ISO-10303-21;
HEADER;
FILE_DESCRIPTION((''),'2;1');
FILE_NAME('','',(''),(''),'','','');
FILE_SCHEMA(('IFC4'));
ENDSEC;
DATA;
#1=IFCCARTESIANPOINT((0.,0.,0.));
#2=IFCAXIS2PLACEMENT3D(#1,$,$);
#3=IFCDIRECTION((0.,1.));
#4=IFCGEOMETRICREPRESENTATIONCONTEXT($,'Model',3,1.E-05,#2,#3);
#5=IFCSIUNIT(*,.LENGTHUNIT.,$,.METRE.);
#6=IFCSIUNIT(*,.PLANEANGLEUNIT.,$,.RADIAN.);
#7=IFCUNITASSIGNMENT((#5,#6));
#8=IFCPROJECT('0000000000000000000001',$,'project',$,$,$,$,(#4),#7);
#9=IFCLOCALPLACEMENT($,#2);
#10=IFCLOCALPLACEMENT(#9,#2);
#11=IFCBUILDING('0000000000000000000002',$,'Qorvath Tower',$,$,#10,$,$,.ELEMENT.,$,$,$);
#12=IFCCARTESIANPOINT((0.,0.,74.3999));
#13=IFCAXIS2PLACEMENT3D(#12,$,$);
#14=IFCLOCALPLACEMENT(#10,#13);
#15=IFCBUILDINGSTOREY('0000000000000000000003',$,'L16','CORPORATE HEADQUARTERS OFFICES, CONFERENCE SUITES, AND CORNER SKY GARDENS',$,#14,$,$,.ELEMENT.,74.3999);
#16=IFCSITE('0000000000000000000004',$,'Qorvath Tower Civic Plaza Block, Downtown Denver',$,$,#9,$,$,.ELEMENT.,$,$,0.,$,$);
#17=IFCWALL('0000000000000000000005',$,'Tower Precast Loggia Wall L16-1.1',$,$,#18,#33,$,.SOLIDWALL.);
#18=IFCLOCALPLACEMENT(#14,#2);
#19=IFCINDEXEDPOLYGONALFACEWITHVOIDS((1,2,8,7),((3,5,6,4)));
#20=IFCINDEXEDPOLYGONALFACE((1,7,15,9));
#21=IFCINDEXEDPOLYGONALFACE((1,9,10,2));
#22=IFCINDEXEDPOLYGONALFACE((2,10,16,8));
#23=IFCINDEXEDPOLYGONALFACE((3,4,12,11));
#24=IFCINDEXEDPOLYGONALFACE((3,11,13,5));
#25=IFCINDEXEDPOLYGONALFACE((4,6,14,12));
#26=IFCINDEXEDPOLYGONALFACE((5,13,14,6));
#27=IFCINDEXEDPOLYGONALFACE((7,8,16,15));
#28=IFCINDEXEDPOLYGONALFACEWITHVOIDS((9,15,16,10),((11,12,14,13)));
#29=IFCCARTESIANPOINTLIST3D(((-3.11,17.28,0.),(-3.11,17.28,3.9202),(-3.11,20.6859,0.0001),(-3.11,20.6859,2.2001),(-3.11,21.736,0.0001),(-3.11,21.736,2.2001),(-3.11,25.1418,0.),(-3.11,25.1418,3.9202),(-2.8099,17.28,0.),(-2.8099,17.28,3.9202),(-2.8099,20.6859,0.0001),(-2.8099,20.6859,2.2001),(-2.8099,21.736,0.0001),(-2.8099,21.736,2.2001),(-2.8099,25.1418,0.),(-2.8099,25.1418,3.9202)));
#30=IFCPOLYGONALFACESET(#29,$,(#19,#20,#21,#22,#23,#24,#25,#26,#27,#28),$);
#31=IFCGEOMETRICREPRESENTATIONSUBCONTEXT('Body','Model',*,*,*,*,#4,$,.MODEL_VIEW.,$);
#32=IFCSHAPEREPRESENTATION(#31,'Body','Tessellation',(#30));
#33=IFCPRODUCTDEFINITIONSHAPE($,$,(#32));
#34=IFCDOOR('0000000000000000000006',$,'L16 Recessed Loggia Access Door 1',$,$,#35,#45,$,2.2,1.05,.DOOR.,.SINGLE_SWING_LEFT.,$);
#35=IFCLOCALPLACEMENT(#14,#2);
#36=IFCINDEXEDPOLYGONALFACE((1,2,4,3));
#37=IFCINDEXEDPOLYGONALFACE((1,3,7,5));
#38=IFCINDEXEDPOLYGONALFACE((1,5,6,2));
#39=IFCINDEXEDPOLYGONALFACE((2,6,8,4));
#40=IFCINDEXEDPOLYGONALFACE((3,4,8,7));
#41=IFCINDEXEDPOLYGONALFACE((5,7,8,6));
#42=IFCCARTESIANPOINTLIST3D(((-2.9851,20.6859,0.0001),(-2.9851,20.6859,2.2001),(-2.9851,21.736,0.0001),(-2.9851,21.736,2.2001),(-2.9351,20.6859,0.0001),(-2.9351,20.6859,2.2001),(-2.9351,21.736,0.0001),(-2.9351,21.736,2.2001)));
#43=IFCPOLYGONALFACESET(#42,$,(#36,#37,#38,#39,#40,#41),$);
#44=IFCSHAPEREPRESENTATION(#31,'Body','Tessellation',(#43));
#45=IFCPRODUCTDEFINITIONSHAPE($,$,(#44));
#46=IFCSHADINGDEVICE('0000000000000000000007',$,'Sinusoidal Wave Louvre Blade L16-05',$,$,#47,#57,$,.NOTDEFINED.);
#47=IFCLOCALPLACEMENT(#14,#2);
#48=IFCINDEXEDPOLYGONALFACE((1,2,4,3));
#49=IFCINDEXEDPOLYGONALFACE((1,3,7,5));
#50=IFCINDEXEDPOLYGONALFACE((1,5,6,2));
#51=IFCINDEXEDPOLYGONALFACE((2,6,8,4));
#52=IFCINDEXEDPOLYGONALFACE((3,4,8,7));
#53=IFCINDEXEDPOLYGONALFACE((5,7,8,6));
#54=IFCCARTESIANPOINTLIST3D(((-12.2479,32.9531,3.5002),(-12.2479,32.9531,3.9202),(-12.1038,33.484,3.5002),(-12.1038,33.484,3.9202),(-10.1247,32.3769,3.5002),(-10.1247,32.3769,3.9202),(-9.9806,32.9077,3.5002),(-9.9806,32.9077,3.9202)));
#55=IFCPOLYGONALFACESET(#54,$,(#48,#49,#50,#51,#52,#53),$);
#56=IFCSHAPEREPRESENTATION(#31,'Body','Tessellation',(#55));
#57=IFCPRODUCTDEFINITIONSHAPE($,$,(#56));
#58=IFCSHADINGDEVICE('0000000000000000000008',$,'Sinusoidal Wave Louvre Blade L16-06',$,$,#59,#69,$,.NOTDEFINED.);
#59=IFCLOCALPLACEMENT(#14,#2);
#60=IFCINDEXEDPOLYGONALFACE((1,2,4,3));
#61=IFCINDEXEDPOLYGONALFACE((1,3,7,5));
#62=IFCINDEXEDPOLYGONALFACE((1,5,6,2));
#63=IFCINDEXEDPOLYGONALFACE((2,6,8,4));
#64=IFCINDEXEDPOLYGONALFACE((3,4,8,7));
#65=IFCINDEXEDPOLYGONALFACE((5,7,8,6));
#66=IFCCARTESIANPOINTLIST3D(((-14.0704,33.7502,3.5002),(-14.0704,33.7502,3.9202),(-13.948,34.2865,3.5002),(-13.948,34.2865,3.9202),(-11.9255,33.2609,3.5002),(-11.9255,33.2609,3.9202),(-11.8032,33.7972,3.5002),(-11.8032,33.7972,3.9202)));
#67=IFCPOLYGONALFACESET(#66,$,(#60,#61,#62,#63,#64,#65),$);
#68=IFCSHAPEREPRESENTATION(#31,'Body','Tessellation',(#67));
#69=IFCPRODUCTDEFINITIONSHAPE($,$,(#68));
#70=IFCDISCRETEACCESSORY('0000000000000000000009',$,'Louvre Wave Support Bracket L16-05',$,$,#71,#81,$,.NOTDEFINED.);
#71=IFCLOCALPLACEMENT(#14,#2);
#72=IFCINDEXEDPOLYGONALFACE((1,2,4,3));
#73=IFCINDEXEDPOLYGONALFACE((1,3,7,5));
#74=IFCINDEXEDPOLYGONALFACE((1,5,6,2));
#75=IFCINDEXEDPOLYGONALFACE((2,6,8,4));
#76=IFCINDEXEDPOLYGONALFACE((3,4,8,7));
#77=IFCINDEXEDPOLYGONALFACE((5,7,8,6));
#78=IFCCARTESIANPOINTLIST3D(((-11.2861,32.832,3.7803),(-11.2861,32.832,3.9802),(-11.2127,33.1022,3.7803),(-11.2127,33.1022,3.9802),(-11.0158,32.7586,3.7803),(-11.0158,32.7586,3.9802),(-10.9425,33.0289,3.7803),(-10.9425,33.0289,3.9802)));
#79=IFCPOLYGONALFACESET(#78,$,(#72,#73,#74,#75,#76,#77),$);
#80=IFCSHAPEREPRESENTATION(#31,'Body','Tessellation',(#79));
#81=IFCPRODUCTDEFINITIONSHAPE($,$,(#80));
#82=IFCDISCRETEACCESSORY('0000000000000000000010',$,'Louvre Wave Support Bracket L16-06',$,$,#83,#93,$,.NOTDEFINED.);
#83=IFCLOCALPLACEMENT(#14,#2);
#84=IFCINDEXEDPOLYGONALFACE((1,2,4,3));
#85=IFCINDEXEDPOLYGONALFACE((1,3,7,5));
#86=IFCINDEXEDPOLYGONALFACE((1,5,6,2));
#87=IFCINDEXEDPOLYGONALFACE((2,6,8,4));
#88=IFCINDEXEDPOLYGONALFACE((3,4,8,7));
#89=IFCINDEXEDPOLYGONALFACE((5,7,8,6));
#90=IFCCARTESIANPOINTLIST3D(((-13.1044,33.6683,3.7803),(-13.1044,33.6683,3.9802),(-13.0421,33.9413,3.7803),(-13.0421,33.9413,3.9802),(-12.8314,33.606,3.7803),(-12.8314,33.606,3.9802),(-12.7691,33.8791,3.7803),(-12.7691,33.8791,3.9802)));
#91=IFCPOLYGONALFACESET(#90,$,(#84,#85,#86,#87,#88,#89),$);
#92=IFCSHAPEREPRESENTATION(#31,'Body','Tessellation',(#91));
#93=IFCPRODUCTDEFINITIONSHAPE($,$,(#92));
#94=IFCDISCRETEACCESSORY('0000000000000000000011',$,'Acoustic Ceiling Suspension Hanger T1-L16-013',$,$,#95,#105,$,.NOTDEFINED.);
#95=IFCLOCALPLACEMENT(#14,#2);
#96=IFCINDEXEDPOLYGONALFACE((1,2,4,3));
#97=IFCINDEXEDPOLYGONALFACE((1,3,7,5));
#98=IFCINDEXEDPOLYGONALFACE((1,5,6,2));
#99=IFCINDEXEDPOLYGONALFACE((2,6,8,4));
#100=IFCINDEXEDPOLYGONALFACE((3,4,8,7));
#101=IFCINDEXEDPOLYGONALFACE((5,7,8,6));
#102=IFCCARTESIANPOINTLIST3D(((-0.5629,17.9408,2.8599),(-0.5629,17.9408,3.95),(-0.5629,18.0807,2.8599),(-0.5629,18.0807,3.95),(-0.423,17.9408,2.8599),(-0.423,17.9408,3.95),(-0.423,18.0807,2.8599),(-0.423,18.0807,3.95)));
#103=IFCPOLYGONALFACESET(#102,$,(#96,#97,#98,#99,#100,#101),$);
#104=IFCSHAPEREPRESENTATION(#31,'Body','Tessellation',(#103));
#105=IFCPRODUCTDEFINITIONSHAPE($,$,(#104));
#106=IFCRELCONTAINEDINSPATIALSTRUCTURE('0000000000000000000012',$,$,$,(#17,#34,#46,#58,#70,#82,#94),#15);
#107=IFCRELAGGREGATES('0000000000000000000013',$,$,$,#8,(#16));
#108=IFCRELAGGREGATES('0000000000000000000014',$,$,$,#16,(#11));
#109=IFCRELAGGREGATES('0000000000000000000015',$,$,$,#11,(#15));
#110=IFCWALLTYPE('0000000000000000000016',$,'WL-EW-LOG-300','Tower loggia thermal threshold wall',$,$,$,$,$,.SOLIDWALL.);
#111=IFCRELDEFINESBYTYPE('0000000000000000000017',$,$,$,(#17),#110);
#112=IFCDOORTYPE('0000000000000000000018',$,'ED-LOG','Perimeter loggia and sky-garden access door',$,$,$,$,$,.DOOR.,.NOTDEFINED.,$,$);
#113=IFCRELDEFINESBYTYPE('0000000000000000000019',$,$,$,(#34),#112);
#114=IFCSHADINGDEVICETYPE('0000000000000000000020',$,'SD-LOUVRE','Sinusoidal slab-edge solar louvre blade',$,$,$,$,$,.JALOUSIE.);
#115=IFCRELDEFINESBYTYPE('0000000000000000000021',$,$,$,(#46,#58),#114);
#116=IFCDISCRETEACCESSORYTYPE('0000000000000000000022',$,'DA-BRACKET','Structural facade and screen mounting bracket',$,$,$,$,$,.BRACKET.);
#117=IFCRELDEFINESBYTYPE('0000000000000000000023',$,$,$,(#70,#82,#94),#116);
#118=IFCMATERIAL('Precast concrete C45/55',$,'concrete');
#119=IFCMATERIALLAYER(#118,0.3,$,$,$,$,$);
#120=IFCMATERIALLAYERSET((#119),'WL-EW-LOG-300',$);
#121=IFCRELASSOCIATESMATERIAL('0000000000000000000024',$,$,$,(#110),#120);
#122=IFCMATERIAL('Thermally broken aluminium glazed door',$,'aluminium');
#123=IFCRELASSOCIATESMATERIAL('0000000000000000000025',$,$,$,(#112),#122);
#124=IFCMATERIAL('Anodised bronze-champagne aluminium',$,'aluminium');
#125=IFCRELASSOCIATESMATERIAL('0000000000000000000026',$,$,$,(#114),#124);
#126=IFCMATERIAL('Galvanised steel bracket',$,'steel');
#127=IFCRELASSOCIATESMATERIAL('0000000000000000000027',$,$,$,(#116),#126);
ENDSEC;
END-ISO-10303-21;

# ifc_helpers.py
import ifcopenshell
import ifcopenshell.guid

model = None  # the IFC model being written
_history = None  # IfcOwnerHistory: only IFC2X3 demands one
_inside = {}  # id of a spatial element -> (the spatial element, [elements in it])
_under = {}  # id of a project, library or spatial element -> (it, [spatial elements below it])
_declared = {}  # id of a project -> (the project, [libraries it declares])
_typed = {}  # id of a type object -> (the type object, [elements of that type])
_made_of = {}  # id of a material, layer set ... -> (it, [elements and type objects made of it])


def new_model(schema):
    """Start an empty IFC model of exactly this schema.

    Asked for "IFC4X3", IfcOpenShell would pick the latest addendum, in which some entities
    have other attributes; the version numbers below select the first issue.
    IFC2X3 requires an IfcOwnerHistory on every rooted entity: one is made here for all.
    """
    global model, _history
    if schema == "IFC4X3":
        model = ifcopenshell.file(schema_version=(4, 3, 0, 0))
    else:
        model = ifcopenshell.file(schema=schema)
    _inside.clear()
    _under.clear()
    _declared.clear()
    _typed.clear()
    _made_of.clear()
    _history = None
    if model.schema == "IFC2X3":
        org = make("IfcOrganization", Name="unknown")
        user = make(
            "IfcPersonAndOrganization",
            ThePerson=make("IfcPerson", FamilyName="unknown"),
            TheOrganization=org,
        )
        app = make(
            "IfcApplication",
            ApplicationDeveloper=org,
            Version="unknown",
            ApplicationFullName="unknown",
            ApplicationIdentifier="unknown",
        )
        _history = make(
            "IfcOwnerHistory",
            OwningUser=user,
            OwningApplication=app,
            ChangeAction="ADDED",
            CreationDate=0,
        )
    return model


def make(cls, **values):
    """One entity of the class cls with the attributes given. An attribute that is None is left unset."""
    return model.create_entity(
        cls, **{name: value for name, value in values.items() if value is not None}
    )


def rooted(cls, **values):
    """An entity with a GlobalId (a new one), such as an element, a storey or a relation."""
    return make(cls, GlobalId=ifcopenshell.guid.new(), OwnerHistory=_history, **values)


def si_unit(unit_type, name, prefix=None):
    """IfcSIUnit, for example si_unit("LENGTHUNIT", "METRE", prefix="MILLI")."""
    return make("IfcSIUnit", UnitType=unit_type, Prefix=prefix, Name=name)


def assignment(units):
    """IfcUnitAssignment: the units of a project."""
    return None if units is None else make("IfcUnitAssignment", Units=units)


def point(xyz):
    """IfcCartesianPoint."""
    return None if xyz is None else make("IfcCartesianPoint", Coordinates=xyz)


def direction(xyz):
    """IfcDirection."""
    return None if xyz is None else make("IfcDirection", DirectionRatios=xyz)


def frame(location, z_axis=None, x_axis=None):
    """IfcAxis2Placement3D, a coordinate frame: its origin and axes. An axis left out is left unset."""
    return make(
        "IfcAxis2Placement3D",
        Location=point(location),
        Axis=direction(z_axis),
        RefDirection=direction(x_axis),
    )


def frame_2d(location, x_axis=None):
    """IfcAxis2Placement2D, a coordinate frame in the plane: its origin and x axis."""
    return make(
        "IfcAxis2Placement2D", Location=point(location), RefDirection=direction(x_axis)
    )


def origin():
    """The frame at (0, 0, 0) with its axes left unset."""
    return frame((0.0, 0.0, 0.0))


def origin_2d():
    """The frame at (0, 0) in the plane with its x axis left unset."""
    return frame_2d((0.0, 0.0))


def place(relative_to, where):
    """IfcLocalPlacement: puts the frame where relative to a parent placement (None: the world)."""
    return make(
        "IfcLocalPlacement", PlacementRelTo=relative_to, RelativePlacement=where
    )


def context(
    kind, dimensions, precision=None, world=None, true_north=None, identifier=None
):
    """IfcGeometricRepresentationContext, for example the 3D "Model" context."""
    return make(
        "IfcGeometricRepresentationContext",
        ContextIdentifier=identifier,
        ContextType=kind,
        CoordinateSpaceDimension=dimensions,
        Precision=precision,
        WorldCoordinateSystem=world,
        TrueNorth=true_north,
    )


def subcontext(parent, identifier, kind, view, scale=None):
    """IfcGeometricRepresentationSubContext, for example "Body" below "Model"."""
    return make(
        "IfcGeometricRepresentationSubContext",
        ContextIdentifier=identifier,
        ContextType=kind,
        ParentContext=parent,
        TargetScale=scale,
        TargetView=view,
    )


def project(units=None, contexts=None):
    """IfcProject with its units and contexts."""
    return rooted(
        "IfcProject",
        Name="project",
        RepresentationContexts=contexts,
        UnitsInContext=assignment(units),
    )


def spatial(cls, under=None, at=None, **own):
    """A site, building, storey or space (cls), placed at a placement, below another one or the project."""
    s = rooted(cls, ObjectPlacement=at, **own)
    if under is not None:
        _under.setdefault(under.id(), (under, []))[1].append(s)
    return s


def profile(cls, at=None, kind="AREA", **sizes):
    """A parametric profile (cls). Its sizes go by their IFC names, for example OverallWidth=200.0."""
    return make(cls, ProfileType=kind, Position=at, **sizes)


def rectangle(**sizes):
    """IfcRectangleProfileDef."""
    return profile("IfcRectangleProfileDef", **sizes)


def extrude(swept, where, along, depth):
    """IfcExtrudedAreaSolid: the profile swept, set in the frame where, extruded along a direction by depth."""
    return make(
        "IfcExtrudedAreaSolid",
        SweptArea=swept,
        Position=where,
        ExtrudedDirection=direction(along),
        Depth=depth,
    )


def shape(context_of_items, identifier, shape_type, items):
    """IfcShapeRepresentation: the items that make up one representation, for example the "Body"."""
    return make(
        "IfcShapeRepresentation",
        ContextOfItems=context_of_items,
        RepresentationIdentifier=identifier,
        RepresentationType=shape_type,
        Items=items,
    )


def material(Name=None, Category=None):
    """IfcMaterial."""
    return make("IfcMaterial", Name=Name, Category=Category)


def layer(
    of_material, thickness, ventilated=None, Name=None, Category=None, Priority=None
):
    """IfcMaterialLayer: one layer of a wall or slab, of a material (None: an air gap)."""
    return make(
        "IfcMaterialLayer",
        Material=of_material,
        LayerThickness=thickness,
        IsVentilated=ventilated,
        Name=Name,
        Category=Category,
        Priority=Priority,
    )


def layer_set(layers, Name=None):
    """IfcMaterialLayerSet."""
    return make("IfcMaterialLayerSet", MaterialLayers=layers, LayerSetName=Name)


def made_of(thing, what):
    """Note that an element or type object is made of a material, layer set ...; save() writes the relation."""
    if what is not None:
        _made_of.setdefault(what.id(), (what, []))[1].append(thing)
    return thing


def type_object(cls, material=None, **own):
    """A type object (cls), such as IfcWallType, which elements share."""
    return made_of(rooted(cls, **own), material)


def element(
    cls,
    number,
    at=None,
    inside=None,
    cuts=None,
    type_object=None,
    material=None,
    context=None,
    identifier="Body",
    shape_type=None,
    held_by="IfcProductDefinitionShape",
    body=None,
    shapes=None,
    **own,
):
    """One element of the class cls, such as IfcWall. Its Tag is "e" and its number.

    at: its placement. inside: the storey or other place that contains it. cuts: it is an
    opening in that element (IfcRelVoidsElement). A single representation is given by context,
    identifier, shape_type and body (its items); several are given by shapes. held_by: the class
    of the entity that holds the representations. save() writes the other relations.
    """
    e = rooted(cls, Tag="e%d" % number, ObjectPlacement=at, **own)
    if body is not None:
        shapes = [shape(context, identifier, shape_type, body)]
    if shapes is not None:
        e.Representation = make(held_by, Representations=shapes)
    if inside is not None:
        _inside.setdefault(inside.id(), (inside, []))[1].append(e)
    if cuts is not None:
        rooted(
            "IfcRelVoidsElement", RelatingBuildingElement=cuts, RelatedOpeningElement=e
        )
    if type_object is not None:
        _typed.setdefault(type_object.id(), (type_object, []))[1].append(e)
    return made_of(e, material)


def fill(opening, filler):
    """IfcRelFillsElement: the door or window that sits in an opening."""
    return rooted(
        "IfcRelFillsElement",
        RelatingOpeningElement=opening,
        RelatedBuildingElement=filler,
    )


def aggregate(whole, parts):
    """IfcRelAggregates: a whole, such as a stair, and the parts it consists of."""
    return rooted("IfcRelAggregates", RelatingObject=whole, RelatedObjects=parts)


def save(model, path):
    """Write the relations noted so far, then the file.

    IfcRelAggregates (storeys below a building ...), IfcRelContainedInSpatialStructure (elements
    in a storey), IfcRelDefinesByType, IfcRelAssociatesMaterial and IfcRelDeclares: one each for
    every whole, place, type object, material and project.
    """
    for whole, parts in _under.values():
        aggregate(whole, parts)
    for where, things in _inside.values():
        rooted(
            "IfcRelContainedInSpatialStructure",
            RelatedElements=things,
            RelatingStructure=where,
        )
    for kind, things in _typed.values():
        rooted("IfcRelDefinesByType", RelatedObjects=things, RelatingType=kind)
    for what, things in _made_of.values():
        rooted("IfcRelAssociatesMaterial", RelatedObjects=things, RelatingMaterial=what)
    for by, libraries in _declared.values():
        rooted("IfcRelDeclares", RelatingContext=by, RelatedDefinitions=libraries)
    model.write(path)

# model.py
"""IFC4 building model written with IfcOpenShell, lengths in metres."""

from ifc_helpers import new_model, si_unit, direction, frame, frame_2d, origin, origin_2d, place, context, subcontext, project, spatial, rectangle, extrude, material, layer, layer_set, type_object, element, fill, save


model = new_model("IFC4")

# Units and contexts
model_context = context("Model", 3, precision=1e-05, world=origin(), true_north=direction((0.0, 1.0)))
body_context = subcontext(model_context, "Body", "Model", "MODEL_VIEW")
ifc_project = project(units=[si_unit("LENGTHUNIT", "METRE"), si_unit("PLANEANGLEUNIT", "RADIAN")], contexts=[model_context])

# Site, building, storey
site_placement = place(None, origin())
site = spatial("IfcSite", under=ifc_project, at=site_placement, Name="Qorvath Tower Civic Plaza Block, Downtown Denver", CompositionType="ELEMENT", RefElevation=0.0)
building_placement = place(site_placement, origin())
building = spatial("IfcBuilding", under=site, at=building_placement, Name="Qorvath Tower", CompositionType="ELEMENT")
storey_placement = place(building_placement, frame((0.0, 0.0, 74.3999)))
storey = spatial("IfcBuildingStorey", under=building, at=storey_placement, Name="L16", Description="CORPORATE HEADQUARTERS OFFICES, CONFERENCE SUITES, AND CORNER SKY GARDENS", CompositionType="ELEMENT", Elevation=74.3999)

# Wall, opening, door
ifc_material_1 = material(Name="Precast concrete C45/55", Category="concrete")
ifc_layer_1 = layer(ifc_material_1, 0.3)
ifc_layer_set_1 = layer_set([ifc_layer_1], Name="WL-EW-LOG-300")
wall_type = type_object("IfcWallType", Name="WL-EW-LOG-300", Description="Tower loggia thermal threshold wall", PredefinedType="SOLIDWALL", material=ifc_layer_set_1)
wall_placement = place(storey_placement, frame((-2.96, 25.1418, 0.0), z_axis=(0.0, 0.0, 1.0), x_axis=(0.0, -1.0, 0.0)))
wall = element("IfcWall", 1, at=wall_placement, inside=storey, type_object=wall_type, Name="Tower Precast Loggia Wall L16-1.1", PredefinedType="SOLIDWALL", context=body_context, shape_type="SweptSolid", body=[
    extrude(rectangle(XDim=7.8618, YDim=0.3, at=frame_2d((3.9309, 0.0))), origin(), (0.0, 0.0, 1.0), 3.9202),
])
opening_placement = place(wall_placement, frame((3.406, 0.0, 0.0)))
opening = element("IfcOpeningElement", 2, at=opening_placement, cuts=wall, PredefinedType="OPENING", context=body_context, shape_type="SweptSolid", body=[
    extrude(rectangle(XDim=1.05, YDim=2.2, at=frame_2d((0.5249, 1.1001))), frame((0.0, 0.1602, 0.0), z_axis=(0.0, -1.0, 0.0), x_axis=(1.0, 0.0, 0.0)), (0.0, 0.0, 1.0), 0.3201),
])
ifc_material_2 = material(Name="Thermally broken aluminium glazed door", Category="aluminium")
door_type = type_object("IfcDoorType", Name="ED-LOG", Description="Perimeter loggia and sky-garden access door", OperationType="NOTDEFINED", PredefinedType="DOOR", material=ifc_material_2)
door_placement = place(opening_placement, origin())
door = element("IfcDoor", 3, at=door_placement, inside=storey, type_object=door_type, Name="L16 Recessed Loggia Access Door 1", OperationType="SINGLE_SWING_LEFT", OverallHeight=2.2, OverallWidth=1.05, PredefinedType="DOOR", context=body_context, shape_type="SweptSolid", body=[
    extrude(rectangle(XDim=1.05, YDim=2.2, at=frame_2d((0.5249, 1.1001))), frame((0.0, 0.0249, 0.0), z_axis=(0.0, -1.0, 0.0), x_axis=(1.0, 0.0, 0.0)), (0.0, 0.0, 1.0), 0.05),
])
fill(opening, door)

# Shading devices
ifc_material_3 = material(Name="Anodised bronze-champagne aluminium", Category="aluminium")
shading_device_type = type_object("IfcShadingDeviceType", Name="SD-LOUVRE", Description="Sinusoidal slab-edge solar louvre blade", PredefinedType="JALOUSIE", material=ifc_material_3)
for number, where, z_axis, x_axis, name in (
    (4, (-11.1143, 32.9304, 3.5002), (0.0, 0.0, 1.0), (-0.965087, 0.26193, 0.0), "Sinusoidal Wave Louvre Blade L16-05"),
    (5, (-12.9368, 33.7737, 3.5002), (0.0, 0.0, 1.0), (-0.974956, 0.222398, 0.0), "Sinusoidal Wave Louvre Blade L16-06"),
):
    element("IfcShadingDevice", number, at=place(storey_placement, frame(where, z_axis=z_axis, x_axis=x_axis)), inside=storey, type_object=shading_device_type, Name=name, PredefinedType="NOTDEFINED", context=body_context, shape_type="SweptSolid", body=[
        extrude(rectangle(XDim=2.2, YDim=0.55, at=origin_2d()), origin(), (0.0, 0.0, 1.0), 0.4199),
    ])

# Discrete accessories
ifc_material_4 = material(Name="Galvanised steel bracket", Category="steel")
discrete_accessory_type = type_object("IfcDiscreteAccessoryType", Name="DA-BRACKET", Description="Structural facade and screen mounting bracket", PredefinedType="BRACKET", material=ifc_material_4)
for number, where, z_axis, x_axis, name in (
    (6, (-11.1143, 32.9304, 3.7803), (0.0, 0.0, 1.0), (-0.965087, 0.26193, 0.0), "Louvre Wave Support Bracket L16-05"),
    (7, (-12.9368, 33.7737, 3.7803), (0.0, 0.0, 1.0), (-0.974956, 0.222398, 0.0), "Louvre Wave Support Bracket L16-06"),
):
    element("IfcDiscreteAccessory", number, at=place(storey_placement, frame(where, z_axis=z_axis, x_axis=x_axis)), inside=storey, type_object=discrete_accessory_type, Name=name, PredefinedType="NOTDEFINED", context=body_context, shape_type="SweptSolid", body=[
        extrude(rectangle(XDim=0.28, YDim=0.28, at=origin_2d()), origin(), (0.0, 0.0, 1.0), 0.2),
    ])
discrete_accessory_placement = place(storey_placement, frame((-0.4929, 18.0107, 2.8599), z_axis=(0.0, 0.0, 1.0), x_axis=(1.0, 0.0, 0.0)))
element("IfcDiscreteAccessory", 8, at=discrete_accessory_placement, inside=storey, type_object=discrete_accessory_type, Name="Acoustic Ceiling Suspension Hanger T1-L16-013", PredefinedType="NOTDEFINED", context=body_context, shape_type="SweptSolid", body=[
    extrude(rectangle(XDim=0.1399, YDim=0.1399, at=origin_2d()), origin(), (0.0, 0.0, 1.0), 1.0901),
])

save(model, "model.ifc")
